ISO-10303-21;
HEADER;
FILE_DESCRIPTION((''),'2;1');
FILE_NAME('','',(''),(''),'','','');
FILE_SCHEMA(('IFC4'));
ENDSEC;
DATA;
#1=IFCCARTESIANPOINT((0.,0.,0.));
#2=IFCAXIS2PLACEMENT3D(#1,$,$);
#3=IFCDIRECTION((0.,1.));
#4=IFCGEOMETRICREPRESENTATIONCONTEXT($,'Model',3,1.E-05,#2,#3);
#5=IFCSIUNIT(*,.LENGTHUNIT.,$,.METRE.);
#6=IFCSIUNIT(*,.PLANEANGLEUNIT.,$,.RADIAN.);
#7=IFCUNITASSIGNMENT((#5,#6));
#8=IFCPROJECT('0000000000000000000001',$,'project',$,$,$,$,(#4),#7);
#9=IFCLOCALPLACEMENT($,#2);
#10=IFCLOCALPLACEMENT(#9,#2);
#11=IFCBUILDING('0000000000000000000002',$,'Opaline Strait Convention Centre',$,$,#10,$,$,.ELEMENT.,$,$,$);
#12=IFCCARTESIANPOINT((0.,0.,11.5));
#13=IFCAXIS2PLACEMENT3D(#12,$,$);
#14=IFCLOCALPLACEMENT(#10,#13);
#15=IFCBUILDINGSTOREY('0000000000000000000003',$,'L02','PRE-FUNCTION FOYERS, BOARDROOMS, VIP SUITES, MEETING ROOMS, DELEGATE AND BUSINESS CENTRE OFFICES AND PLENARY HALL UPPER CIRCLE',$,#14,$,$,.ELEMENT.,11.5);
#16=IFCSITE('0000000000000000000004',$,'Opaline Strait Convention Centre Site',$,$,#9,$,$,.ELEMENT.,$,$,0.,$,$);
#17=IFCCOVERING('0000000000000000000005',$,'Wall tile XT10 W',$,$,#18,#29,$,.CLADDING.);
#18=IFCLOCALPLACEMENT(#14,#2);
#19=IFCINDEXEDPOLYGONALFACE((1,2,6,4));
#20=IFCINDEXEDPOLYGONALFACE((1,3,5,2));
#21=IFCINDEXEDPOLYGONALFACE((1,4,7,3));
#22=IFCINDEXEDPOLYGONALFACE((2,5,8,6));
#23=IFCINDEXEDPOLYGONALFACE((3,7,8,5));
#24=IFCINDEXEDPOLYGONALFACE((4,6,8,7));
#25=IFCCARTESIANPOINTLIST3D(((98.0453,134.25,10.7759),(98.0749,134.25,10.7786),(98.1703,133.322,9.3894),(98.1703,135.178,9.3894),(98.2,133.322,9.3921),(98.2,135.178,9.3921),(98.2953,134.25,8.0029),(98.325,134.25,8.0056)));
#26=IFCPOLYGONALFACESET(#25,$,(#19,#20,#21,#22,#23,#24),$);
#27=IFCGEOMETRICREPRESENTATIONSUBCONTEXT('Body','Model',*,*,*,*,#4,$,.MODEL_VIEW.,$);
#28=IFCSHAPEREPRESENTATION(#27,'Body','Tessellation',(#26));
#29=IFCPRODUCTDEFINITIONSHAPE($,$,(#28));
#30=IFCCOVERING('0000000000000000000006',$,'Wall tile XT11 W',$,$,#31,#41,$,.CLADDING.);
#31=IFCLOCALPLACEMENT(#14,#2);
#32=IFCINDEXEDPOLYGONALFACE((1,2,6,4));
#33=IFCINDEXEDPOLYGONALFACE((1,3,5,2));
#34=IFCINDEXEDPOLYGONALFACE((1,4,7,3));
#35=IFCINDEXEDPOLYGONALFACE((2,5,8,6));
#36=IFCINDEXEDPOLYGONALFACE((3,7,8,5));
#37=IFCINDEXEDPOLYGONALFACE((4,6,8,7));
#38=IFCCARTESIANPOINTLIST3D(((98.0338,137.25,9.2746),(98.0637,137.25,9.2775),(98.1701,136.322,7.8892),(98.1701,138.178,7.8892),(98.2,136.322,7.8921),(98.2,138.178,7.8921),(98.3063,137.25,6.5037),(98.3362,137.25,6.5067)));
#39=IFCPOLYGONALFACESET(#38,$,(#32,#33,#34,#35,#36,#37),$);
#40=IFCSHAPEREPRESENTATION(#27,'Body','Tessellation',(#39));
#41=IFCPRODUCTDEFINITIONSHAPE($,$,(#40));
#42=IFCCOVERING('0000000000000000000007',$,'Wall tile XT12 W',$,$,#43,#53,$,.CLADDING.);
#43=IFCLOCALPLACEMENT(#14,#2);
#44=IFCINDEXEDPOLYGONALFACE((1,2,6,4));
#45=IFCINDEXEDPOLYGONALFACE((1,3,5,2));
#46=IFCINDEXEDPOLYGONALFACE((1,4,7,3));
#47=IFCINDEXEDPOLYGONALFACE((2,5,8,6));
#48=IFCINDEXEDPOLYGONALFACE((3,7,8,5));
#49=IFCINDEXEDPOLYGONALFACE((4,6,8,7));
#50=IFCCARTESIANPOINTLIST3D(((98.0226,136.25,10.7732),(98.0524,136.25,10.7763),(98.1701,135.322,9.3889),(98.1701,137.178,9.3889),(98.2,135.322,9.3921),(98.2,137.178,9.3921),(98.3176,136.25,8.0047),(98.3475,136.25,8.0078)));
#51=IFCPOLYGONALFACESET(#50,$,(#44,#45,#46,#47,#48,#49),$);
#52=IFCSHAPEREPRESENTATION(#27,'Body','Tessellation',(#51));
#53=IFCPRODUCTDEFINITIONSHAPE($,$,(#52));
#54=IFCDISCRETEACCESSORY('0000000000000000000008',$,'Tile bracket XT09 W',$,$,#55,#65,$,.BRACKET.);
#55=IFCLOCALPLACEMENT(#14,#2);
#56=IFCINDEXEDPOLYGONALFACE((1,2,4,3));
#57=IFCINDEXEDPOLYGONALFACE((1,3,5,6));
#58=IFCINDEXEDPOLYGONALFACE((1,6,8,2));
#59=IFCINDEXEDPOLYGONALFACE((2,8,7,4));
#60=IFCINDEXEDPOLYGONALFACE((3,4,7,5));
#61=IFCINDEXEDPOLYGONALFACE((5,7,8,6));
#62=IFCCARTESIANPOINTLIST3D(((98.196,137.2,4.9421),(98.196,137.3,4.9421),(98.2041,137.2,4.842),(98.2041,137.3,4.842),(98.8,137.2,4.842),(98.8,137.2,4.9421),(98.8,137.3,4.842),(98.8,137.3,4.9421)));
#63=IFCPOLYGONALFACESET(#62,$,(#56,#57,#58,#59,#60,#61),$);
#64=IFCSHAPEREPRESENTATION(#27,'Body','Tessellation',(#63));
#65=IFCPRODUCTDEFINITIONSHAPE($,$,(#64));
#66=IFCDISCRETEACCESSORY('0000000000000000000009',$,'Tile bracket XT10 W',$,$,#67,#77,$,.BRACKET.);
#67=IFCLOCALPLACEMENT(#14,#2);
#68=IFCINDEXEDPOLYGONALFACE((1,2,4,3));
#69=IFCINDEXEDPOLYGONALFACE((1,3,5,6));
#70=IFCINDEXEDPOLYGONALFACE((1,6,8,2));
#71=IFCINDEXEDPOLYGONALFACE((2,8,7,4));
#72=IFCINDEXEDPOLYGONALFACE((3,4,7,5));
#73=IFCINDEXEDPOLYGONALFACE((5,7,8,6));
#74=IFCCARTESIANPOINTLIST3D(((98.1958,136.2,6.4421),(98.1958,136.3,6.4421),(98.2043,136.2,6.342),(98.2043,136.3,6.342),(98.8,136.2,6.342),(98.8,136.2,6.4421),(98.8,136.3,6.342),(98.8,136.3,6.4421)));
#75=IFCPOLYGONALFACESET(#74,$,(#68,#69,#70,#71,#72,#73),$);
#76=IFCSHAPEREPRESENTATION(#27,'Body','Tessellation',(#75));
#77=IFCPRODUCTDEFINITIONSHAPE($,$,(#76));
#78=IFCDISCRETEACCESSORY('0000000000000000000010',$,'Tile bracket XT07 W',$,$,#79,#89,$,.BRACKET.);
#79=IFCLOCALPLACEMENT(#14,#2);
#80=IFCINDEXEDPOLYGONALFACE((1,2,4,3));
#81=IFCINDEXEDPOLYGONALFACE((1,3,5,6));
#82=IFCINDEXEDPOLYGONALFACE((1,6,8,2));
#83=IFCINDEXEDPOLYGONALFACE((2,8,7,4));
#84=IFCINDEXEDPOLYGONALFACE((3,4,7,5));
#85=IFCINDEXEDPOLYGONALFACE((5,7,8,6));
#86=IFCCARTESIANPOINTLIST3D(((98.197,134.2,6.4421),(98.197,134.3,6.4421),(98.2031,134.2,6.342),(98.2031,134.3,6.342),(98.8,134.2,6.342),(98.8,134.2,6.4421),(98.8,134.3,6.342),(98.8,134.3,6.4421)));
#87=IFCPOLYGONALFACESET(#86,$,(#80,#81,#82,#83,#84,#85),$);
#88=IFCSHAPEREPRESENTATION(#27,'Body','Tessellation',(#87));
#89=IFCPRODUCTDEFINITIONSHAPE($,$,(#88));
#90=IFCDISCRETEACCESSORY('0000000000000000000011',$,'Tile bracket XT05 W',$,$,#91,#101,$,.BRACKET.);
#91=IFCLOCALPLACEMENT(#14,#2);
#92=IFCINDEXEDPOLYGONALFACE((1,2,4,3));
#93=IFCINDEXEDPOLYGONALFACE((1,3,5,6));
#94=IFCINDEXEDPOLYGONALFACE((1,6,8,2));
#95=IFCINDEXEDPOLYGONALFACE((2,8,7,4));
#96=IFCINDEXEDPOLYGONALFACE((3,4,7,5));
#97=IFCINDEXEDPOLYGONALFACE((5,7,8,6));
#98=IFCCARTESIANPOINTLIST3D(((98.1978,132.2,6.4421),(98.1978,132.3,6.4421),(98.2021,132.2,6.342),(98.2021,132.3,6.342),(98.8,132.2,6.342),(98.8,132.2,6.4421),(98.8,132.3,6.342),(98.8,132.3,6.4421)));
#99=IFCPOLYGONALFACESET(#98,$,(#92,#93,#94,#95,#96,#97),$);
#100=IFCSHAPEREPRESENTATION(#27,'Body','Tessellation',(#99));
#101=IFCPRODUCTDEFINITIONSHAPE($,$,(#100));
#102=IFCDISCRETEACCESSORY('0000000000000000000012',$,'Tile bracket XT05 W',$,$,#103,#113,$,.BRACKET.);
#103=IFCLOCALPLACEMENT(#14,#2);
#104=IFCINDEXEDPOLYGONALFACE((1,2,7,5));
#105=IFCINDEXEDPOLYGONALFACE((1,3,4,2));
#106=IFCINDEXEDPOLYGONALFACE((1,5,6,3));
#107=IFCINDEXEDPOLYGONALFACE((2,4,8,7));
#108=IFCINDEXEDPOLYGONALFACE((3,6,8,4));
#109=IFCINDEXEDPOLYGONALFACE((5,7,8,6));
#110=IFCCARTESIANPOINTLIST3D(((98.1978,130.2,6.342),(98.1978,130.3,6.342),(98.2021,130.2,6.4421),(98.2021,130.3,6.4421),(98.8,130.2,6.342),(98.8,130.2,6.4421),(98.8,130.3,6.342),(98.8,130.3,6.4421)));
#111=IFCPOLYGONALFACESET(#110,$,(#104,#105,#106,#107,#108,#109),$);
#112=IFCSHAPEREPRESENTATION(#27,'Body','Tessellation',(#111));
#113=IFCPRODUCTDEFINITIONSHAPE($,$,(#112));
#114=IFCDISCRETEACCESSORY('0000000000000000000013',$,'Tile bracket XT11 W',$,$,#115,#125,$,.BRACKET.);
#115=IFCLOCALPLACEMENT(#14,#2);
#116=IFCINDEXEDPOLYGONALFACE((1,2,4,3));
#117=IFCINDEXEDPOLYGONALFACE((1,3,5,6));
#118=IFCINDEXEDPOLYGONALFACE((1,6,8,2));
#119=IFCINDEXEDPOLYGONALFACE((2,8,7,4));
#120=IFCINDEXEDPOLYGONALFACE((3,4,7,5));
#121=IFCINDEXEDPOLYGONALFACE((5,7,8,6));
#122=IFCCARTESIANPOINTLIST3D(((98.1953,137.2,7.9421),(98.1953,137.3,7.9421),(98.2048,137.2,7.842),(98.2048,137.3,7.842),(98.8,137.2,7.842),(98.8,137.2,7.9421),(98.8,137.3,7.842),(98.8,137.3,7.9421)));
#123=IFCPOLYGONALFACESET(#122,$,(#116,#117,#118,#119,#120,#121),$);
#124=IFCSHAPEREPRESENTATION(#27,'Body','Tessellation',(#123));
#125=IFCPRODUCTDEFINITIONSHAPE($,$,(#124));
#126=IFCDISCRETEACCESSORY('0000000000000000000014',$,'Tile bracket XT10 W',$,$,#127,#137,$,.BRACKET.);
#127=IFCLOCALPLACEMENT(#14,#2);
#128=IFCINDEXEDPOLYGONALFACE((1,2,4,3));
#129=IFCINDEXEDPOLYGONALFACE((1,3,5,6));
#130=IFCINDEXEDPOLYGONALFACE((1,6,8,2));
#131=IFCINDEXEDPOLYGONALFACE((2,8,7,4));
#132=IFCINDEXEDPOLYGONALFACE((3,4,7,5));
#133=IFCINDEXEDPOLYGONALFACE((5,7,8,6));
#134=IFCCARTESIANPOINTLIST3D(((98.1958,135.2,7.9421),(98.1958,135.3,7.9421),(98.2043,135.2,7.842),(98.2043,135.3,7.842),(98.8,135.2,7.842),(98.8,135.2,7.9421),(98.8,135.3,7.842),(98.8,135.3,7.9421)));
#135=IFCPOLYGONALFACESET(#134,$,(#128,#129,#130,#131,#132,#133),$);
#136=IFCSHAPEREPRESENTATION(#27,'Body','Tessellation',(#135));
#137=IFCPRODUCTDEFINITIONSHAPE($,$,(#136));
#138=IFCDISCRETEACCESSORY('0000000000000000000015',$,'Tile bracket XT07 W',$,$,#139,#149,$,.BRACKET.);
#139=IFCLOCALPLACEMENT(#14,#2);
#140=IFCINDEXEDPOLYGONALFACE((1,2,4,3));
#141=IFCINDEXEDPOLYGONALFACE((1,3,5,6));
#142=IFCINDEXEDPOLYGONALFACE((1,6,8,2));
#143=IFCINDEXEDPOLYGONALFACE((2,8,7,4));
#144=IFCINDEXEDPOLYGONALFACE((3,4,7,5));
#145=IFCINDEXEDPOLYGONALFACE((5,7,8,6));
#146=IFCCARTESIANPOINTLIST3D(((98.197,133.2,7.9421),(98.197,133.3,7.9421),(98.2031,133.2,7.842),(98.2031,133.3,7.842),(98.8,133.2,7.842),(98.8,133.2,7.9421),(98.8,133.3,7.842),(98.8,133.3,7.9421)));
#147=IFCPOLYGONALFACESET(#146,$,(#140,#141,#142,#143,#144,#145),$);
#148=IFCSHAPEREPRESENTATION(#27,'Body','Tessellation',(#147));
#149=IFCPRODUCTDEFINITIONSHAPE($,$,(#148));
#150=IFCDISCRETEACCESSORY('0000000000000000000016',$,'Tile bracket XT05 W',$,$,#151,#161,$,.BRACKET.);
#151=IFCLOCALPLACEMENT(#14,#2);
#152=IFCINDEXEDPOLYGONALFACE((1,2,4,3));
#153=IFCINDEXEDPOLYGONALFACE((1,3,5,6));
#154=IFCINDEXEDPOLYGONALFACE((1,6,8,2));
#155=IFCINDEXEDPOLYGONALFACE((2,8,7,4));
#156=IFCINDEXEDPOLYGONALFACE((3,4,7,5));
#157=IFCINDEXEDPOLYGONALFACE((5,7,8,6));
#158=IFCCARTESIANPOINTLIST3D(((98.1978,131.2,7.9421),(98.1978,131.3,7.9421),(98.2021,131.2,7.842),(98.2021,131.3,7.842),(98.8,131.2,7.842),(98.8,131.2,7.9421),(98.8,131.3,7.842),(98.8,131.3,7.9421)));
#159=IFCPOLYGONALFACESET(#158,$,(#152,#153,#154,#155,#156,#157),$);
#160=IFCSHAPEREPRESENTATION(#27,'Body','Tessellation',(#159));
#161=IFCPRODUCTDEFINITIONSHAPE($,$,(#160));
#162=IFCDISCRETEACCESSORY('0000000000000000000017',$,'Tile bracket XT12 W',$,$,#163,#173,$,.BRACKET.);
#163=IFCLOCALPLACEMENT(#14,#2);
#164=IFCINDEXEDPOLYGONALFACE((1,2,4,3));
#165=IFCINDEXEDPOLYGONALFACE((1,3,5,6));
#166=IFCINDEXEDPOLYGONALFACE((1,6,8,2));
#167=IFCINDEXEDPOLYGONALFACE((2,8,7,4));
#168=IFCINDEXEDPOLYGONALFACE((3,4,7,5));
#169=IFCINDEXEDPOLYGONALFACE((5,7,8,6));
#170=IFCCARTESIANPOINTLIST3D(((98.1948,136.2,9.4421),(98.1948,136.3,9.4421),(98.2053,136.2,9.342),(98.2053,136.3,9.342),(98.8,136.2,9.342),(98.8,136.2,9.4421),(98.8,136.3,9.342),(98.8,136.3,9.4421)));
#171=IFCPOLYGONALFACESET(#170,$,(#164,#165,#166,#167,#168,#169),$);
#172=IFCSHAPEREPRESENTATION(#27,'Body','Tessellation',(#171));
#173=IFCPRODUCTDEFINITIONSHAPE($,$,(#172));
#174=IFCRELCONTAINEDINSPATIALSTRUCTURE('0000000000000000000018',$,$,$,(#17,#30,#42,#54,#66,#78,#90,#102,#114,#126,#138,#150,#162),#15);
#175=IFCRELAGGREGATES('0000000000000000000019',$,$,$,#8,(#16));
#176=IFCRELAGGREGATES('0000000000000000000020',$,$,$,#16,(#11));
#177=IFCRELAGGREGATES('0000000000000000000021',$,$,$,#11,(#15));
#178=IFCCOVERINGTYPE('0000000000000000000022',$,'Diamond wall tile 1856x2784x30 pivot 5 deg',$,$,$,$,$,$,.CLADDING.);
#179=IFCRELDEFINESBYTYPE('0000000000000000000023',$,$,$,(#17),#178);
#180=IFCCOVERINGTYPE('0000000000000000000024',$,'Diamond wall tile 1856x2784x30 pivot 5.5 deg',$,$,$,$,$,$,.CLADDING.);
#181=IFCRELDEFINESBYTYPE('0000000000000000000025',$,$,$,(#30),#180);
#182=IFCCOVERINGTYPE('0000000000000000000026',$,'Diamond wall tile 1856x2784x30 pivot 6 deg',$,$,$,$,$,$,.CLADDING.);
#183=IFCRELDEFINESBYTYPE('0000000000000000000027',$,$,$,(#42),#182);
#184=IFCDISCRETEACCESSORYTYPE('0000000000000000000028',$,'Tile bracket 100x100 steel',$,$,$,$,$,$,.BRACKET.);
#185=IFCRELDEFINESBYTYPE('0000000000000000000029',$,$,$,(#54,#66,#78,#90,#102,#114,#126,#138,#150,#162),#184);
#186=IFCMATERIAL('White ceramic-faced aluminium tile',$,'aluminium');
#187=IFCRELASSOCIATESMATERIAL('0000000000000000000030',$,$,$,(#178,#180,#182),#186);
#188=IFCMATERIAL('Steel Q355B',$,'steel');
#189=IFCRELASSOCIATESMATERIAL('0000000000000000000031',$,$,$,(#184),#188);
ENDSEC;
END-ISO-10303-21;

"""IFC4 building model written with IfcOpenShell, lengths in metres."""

from ifc_helpers import new_model, si_unit, direction, frame, origin, place, context, subcontext, project, spatial, polyline, outline, extrude, material, material_profile, profile_set, type_object, element, save


model = new_model("IFC4")

# Units and contexts
model_context = context("Model", 3, precision=1e-05, world=origin(), true_north=direction((0.0, 1.0)))
body_context = subcontext(model_context, "Body", "Model", "MODEL_VIEW")
ifc_project = project(units=[si_unit("LENGTHUNIT", "METRE"), si_unit("PLANEANGLEUNIT", "RADIAN")], contexts=[model_context])

# Site, building, storey
site_placement = place(None, origin())
site = spatial("IfcSite", under=ifc_project, at=site_placement, Name="Opaline Strait Convention Centre Site", CompositionType="ELEMENT", RefElevation=0.0)
building_placement = place(site_placement, origin())
building = spatial("IfcBuilding", under=site, at=building_placement, Name="Opaline Strait Convention Centre", CompositionType="ELEMENT")
storey_placement = place(building_placement, frame((0.0, 0.0, 11.5)))
storey = spatial("IfcBuildingStorey", under=building, at=storey_placement, Name="L02", Description="PRE-FUNCTION FOYERS, BOARDROOMS, VIP SUITES, MEETING ROOMS, DELEGATE AND BUSINESS CENTRE OFFICES AND PLENARY HALL UPPER CIRCLE", CompositionType="ELEMENT", Elevation=11.5)

# Shared definitions
ifc_material_1 = material(Name="Steel Q355B", Category="steel")

# Coverings
ifc_material_2 = material(Name="White ceramic-faced aluminium tile", Category="aluminium")
ifc_material_profile_1 = material_profile(ifc_material_2, outline(polyline([(0.928, 0.0), (0.0, 1.3921), (-0.928, 0.0), (0.0, -1.3921), (0.928, 0.0)])), Name="Diamond tile 1856x2784")
ifc_profile_set_1 = profile_set([ifc_material_profile_1], Name="White ceramic-faced aluminium tile")
covering_type_1 = type_object("IfcCoveringType", Name="Diamond wall tile 1856x2784x30 pivot 5 deg", PredefinedType="CLADDING", material=ifc_profile_set_1)
for number, where, z_axis, x_axis, name in (
    (1, (98.2, 134.25, 9.3921), (-0.99596, 0.0, -0.0898), (0.0, -1.0, 0.0), "Wall tile XT10 W"),
):
    element("IfcCovering", number, at=place(storey_placement, frame(where, z_axis=z_axis, x_axis=x_axis)), inside=storey, type_object=covering_type_1, Name=name, PredefinedType="CLADDING", context=body_context, shape_type="SweptSolid", body=[
        extrude(outline(polyline([(0.928, 0.0), (0.0, 1.3921), (-0.928, 0.0), (0.0, -1.3921), (0.928, 0.0)])), origin(), (0.0, 0.0, 1.0), 0.0298),
    ])
ifc_material_profile_2 = material_profile(ifc_material_2, outline(polyline([(0.928, 0.0), (0.0, 1.3921), (-0.928, 0.0), (0.0, -1.3921), (0.928, 0.0)])), Name="Diamond tile 1856x2784")
ifc_profile_set_2 = profile_set([ifc_material_profile_2], Name="White ceramic-faced aluminium tile")
covering_type_2 = type_object("IfcCoveringType", Name="Diamond wall tile 1856x2784x30 pivot 5.5 deg", PredefinedType="CLADDING", material=ifc_profile_set_2)
covering_1_placement = place(storey_placement, frame((98.2, 137.25, 7.8921), z_axis=(-0.995197, 0.0, -0.097888), x_axis=(0.0, -1.0, 0.0)))
element("IfcCovering", 2, at=covering_1_placement, inside=storey, type_object=covering_type_2, Name="Wall tile XT11 W", PredefinedType="CLADDING", context=body_context, shape_type="SweptSolid", body=[
    extrude(outline(polyline([(0.928, 0.0), (0.0, 1.3921), (-0.928, 0.0), (0.0, -1.3921), (0.928, 0.0)])), origin(), (0.0, 0.0, 1.0), 0.03),
])
ifc_material_profile_3 = material_profile(ifc_material_2, outline(polyline([(0.928, 0.0), (0.0, 1.3921), (-0.928, 0.0), (0.0, -1.3921), (0.928, 0.0)])), Name="Diamond tile 1856x2784")
ifc_profile_set_3 = profile_set([ifc_material_profile_3], Name="White ceramic-faced aluminium tile")
covering_type_3 = type_object("IfcCoveringType", Name="Diamond wall tile 1856x2784x30 pivot 6 deg", PredefinedType="CLADDING", material=ifc_profile_set_3)
covering_2_placement = place(storey_placement, frame((98.2, 136.25, 9.3921), z_axis=(-0.994371, 0.0, -0.105958), x_axis=(0.0, -1.0, 0.0)))
element("IfcCovering", 3, at=covering_2_placement, inside=storey, type_object=covering_type_3, Name="Wall tile XT12 W", PredefinedType="CLADDING", context=body_context, shape_type="SweptSolid", body=[
    extrude(outline(polyline([(0.928, 0.0), (0.0, 1.3921), (-0.928, 0.0), (0.0, -1.3921), (0.928, 0.0)])), origin(), (0.0, 0.0, 1.0), 0.03),
])

# Discrete accessories
discrete_accessory_type = type_object("IfcDiscreteAccessoryType", Name="Tile bracket 100x100 steel", PredefinedType="BRACKET", material=ifc_material_1)
discrete_accessory_1_placement = place(storey_placement, frame((98.8, 137.3, 4.8921), z_axis=(0.0, -1.0, 0.0), x_axis=(1.0, 0.0, 0.0)))
element("IfcDiscreteAccessory", 4, at=discrete_accessory_1_placement, inside=storey, type_object=discrete_accessory_type, Name="Tile bracket XT09 W", PredefinedType="BRACKET", context=body_context, shape_type="SweptSolid", body=[
    extrude(outline(polyline([(0.0, -0.05), (0.0, 0.05), (-0.604, 0.05), (-0.5959, -0.05), (0.0, -0.05)])), origin(), (0.0, 0.0, 1.0), 0.1001),
])
discrete_accessory_2_placement = place(storey_placement, frame((98.8, 136.3, 6.3921), z_axis=(0.0, -1.0, 0.0), x_axis=(1.0, 0.0, 0.0)))
element("IfcDiscreteAccessory", 5, at=discrete_accessory_2_placement, inside=storey, type_object=discrete_accessory_type, Name="Tile bracket XT10 W", PredefinedType="BRACKET", context=body_context, shape_type="SweptSolid", body=[
    extrude(outline(polyline([(0.0, -0.05), (0.0, 0.05), (-0.6042, 0.05), (-0.5957, -0.05), (0.0, -0.05)])), origin(), (0.0, 0.0, 1.0), 0.1001),
])
discrete_accessory_3_placement = place(storey_placement, frame((98.8, 134.3, 6.3921), z_axis=(0.0, -1.0, 0.0), x_axis=(1.0, 0.0, 0.0)))
element("IfcDiscreteAccessory", 6, at=discrete_accessory_3_placement, inside=storey, type_object=discrete_accessory_type, Name="Tile bracket XT07 W", PredefinedType="BRACKET", context=body_context, shape_type="SweptSolid", body=[
    extrude(outline(polyline([(0.0, -0.05), (0.0, 0.05), (-0.603, 0.05), (-0.5969, -0.05), (0.0, -0.05)])), origin(), (0.0, 0.0, 1.0), 0.1001),
])
discrete_accessory_4_placement = place(storey_placement, frame((98.8, 132.3, 6.3921), z_axis=(0.0, -1.0, 0.0), x_axis=(1.0, 0.0, 0.0)))
element("IfcDiscreteAccessory", 7, at=discrete_accessory_4_placement, inside=storey, type_object=discrete_accessory_type, Name="Tile bracket XT05 W", PredefinedType="BRACKET", context=body_context, shape_type="SweptSolid", body=[
    extrude(outline(polyline([(0.0, -0.05), (0.0, 0.05), (-0.6023, 0.05), (-0.5979, -0.05), (0.0, -0.05)])), origin(), (0.0, 0.0, 1.0), 0.1001),
])
discrete_accessory_5_placement = place(storey_placement, frame((98.8, 130.3, 6.3921), z_axis=(0.0, -1.0, 0.0), x_axis=(1.0, 0.0, 0.0)))
element("IfcDiscreteAccessory", 8, at=discrete_accessory_5_placement, inside=storey, type_object=discrete_accessory_type, Name="Tile bracket XT05 W", PredefinedType="BRACKET", context=body_context, shape_type="SweptSolid", body=[
    extrude(outline(polyline([(0.0, -0.05), (0.0, 0.05), (-0.5979, 0.05), (-0.6023, -0.05), (0.0, -0.05)])), origin(), (0.0, 0.0, 1.0), 0.1001),
])
discrete_accessory_6_placement = place(storey_placement, frame((98.8, 137.3, 7.8921), z_axis=(0.0, -1.0, 0.0), x_axis=(1.0, 0.0, 0.0)))
element("IfcDiscreteAccessory", 9, at=discrete_accessory_6_placement, inside=storey, type_object=discrete_accessory_type, Name="Tile bracket XT11 W", PredefinedType="BRACKET", context=body_context, shape_type="SweptSolid", body=[
    extrude(outline(polyline([(0.0, -0.05), (0.0, 0.05), (-0.6047, 0.05), (-0.5952, -0.05), (0.0, -0.05)])), origin(), (0.0, 0.0, 1.0), 0.1001),
])
discrete_accessory_7_placement = place(storey_placement, frame((98.8, 135.3, 7.8921), z_axis=(0.0, -1.0, 0.0), x_axis=(1.0, 0.0, 0.0)))
element("IfcDiscreteAccessory", 10, at=discrete_accessory_7_placement, inside=storey, type_object=discrete_accessory_type, Name="Tile bracket XT10 W", PredefinedType="BRACKET", context=body_context, shape_type="SweptSolid", body=[
    extrude(outline(polyline([(0.0, -0.05), (0.0, 0.05), (-0.6042, 0.05), (-0.5957, -0.05), (0.0, -0.05)])), origin(), (0.0, 0.0, 1.0), 0.1001),
])
discrete_accessory_8_placement = place(storey_placement, frame((98.8, 133.3, 7.8921), z_axis=(0.0, -1.0, 0.0), x_axis=(1.0, 0.0, 0.0)))
element("IfcDiscreteAccessory", 11, at=discrete_accessory_8_placement, inside=storey, type_object=discrete_accessory_type, Name="Tile bracket XT07 W", PredefinedType="BRACKET", context=body_context, shape_type="SweptSolid", body=[
    extrude(outline(polyline([(0.0, -0.05), (0.0, 0.05), (-0.603, 0.05), (-0.5969, -0.05), (0.0, -0.05)])), origin(), (0.0, 0.0, 1.0), 0.1001),
])
discrete_accessory_9_placement = place(storey_placement, frame((98.8, 131.3, 7.8921), z_axis=(0.0, -1.0, 0.0), x_axis=(1.0, 0.0, 0.0)))
element("IfcDiscreteAccessory", 12, at=discrete_accessory_9_placement, inside=storey, type_object=discrete_accessory_type, Name="Tile bracket XT05 W", PredefinedType="BRACKET", context=body_context, shape_type="SweptSolid", body=[
    extrude(outline(polyline([(0.0, -0.05), (0.0, 0.05), (-0.6023, 0.05), (-0.5979, -0.05), (0.0, -0.05)])), origin(), (0.0, 0.0, 1.0), 0.1001),
])
discrete_accessory_10_placement = place(storey_placement, frame((98.8, 136.3, 9.3921), z_axis=(0.0, -1.0, 0.0), x_axis=(1.0, 0.0, 0.0)))
element("IfcDiscreteAccessory", 13, at=discrete_accessory_10_placement, inside=storey, type_object=discrete_accessory_type, Name="Tile bracket XT12 W", PredefinedType="BRACKET", context=body_context, shape_type="SweptSolid", body=[
    extrude(outline(polyline([(0.0, -0.05), (0.0, 0.05), (-0.6052, 0.05), (-0.5947, -0.05), (0.0, -0.05)])), origin(), (0.0, 0.0, 1.0), 0.1001),
])

save(model, "model.ifc")
